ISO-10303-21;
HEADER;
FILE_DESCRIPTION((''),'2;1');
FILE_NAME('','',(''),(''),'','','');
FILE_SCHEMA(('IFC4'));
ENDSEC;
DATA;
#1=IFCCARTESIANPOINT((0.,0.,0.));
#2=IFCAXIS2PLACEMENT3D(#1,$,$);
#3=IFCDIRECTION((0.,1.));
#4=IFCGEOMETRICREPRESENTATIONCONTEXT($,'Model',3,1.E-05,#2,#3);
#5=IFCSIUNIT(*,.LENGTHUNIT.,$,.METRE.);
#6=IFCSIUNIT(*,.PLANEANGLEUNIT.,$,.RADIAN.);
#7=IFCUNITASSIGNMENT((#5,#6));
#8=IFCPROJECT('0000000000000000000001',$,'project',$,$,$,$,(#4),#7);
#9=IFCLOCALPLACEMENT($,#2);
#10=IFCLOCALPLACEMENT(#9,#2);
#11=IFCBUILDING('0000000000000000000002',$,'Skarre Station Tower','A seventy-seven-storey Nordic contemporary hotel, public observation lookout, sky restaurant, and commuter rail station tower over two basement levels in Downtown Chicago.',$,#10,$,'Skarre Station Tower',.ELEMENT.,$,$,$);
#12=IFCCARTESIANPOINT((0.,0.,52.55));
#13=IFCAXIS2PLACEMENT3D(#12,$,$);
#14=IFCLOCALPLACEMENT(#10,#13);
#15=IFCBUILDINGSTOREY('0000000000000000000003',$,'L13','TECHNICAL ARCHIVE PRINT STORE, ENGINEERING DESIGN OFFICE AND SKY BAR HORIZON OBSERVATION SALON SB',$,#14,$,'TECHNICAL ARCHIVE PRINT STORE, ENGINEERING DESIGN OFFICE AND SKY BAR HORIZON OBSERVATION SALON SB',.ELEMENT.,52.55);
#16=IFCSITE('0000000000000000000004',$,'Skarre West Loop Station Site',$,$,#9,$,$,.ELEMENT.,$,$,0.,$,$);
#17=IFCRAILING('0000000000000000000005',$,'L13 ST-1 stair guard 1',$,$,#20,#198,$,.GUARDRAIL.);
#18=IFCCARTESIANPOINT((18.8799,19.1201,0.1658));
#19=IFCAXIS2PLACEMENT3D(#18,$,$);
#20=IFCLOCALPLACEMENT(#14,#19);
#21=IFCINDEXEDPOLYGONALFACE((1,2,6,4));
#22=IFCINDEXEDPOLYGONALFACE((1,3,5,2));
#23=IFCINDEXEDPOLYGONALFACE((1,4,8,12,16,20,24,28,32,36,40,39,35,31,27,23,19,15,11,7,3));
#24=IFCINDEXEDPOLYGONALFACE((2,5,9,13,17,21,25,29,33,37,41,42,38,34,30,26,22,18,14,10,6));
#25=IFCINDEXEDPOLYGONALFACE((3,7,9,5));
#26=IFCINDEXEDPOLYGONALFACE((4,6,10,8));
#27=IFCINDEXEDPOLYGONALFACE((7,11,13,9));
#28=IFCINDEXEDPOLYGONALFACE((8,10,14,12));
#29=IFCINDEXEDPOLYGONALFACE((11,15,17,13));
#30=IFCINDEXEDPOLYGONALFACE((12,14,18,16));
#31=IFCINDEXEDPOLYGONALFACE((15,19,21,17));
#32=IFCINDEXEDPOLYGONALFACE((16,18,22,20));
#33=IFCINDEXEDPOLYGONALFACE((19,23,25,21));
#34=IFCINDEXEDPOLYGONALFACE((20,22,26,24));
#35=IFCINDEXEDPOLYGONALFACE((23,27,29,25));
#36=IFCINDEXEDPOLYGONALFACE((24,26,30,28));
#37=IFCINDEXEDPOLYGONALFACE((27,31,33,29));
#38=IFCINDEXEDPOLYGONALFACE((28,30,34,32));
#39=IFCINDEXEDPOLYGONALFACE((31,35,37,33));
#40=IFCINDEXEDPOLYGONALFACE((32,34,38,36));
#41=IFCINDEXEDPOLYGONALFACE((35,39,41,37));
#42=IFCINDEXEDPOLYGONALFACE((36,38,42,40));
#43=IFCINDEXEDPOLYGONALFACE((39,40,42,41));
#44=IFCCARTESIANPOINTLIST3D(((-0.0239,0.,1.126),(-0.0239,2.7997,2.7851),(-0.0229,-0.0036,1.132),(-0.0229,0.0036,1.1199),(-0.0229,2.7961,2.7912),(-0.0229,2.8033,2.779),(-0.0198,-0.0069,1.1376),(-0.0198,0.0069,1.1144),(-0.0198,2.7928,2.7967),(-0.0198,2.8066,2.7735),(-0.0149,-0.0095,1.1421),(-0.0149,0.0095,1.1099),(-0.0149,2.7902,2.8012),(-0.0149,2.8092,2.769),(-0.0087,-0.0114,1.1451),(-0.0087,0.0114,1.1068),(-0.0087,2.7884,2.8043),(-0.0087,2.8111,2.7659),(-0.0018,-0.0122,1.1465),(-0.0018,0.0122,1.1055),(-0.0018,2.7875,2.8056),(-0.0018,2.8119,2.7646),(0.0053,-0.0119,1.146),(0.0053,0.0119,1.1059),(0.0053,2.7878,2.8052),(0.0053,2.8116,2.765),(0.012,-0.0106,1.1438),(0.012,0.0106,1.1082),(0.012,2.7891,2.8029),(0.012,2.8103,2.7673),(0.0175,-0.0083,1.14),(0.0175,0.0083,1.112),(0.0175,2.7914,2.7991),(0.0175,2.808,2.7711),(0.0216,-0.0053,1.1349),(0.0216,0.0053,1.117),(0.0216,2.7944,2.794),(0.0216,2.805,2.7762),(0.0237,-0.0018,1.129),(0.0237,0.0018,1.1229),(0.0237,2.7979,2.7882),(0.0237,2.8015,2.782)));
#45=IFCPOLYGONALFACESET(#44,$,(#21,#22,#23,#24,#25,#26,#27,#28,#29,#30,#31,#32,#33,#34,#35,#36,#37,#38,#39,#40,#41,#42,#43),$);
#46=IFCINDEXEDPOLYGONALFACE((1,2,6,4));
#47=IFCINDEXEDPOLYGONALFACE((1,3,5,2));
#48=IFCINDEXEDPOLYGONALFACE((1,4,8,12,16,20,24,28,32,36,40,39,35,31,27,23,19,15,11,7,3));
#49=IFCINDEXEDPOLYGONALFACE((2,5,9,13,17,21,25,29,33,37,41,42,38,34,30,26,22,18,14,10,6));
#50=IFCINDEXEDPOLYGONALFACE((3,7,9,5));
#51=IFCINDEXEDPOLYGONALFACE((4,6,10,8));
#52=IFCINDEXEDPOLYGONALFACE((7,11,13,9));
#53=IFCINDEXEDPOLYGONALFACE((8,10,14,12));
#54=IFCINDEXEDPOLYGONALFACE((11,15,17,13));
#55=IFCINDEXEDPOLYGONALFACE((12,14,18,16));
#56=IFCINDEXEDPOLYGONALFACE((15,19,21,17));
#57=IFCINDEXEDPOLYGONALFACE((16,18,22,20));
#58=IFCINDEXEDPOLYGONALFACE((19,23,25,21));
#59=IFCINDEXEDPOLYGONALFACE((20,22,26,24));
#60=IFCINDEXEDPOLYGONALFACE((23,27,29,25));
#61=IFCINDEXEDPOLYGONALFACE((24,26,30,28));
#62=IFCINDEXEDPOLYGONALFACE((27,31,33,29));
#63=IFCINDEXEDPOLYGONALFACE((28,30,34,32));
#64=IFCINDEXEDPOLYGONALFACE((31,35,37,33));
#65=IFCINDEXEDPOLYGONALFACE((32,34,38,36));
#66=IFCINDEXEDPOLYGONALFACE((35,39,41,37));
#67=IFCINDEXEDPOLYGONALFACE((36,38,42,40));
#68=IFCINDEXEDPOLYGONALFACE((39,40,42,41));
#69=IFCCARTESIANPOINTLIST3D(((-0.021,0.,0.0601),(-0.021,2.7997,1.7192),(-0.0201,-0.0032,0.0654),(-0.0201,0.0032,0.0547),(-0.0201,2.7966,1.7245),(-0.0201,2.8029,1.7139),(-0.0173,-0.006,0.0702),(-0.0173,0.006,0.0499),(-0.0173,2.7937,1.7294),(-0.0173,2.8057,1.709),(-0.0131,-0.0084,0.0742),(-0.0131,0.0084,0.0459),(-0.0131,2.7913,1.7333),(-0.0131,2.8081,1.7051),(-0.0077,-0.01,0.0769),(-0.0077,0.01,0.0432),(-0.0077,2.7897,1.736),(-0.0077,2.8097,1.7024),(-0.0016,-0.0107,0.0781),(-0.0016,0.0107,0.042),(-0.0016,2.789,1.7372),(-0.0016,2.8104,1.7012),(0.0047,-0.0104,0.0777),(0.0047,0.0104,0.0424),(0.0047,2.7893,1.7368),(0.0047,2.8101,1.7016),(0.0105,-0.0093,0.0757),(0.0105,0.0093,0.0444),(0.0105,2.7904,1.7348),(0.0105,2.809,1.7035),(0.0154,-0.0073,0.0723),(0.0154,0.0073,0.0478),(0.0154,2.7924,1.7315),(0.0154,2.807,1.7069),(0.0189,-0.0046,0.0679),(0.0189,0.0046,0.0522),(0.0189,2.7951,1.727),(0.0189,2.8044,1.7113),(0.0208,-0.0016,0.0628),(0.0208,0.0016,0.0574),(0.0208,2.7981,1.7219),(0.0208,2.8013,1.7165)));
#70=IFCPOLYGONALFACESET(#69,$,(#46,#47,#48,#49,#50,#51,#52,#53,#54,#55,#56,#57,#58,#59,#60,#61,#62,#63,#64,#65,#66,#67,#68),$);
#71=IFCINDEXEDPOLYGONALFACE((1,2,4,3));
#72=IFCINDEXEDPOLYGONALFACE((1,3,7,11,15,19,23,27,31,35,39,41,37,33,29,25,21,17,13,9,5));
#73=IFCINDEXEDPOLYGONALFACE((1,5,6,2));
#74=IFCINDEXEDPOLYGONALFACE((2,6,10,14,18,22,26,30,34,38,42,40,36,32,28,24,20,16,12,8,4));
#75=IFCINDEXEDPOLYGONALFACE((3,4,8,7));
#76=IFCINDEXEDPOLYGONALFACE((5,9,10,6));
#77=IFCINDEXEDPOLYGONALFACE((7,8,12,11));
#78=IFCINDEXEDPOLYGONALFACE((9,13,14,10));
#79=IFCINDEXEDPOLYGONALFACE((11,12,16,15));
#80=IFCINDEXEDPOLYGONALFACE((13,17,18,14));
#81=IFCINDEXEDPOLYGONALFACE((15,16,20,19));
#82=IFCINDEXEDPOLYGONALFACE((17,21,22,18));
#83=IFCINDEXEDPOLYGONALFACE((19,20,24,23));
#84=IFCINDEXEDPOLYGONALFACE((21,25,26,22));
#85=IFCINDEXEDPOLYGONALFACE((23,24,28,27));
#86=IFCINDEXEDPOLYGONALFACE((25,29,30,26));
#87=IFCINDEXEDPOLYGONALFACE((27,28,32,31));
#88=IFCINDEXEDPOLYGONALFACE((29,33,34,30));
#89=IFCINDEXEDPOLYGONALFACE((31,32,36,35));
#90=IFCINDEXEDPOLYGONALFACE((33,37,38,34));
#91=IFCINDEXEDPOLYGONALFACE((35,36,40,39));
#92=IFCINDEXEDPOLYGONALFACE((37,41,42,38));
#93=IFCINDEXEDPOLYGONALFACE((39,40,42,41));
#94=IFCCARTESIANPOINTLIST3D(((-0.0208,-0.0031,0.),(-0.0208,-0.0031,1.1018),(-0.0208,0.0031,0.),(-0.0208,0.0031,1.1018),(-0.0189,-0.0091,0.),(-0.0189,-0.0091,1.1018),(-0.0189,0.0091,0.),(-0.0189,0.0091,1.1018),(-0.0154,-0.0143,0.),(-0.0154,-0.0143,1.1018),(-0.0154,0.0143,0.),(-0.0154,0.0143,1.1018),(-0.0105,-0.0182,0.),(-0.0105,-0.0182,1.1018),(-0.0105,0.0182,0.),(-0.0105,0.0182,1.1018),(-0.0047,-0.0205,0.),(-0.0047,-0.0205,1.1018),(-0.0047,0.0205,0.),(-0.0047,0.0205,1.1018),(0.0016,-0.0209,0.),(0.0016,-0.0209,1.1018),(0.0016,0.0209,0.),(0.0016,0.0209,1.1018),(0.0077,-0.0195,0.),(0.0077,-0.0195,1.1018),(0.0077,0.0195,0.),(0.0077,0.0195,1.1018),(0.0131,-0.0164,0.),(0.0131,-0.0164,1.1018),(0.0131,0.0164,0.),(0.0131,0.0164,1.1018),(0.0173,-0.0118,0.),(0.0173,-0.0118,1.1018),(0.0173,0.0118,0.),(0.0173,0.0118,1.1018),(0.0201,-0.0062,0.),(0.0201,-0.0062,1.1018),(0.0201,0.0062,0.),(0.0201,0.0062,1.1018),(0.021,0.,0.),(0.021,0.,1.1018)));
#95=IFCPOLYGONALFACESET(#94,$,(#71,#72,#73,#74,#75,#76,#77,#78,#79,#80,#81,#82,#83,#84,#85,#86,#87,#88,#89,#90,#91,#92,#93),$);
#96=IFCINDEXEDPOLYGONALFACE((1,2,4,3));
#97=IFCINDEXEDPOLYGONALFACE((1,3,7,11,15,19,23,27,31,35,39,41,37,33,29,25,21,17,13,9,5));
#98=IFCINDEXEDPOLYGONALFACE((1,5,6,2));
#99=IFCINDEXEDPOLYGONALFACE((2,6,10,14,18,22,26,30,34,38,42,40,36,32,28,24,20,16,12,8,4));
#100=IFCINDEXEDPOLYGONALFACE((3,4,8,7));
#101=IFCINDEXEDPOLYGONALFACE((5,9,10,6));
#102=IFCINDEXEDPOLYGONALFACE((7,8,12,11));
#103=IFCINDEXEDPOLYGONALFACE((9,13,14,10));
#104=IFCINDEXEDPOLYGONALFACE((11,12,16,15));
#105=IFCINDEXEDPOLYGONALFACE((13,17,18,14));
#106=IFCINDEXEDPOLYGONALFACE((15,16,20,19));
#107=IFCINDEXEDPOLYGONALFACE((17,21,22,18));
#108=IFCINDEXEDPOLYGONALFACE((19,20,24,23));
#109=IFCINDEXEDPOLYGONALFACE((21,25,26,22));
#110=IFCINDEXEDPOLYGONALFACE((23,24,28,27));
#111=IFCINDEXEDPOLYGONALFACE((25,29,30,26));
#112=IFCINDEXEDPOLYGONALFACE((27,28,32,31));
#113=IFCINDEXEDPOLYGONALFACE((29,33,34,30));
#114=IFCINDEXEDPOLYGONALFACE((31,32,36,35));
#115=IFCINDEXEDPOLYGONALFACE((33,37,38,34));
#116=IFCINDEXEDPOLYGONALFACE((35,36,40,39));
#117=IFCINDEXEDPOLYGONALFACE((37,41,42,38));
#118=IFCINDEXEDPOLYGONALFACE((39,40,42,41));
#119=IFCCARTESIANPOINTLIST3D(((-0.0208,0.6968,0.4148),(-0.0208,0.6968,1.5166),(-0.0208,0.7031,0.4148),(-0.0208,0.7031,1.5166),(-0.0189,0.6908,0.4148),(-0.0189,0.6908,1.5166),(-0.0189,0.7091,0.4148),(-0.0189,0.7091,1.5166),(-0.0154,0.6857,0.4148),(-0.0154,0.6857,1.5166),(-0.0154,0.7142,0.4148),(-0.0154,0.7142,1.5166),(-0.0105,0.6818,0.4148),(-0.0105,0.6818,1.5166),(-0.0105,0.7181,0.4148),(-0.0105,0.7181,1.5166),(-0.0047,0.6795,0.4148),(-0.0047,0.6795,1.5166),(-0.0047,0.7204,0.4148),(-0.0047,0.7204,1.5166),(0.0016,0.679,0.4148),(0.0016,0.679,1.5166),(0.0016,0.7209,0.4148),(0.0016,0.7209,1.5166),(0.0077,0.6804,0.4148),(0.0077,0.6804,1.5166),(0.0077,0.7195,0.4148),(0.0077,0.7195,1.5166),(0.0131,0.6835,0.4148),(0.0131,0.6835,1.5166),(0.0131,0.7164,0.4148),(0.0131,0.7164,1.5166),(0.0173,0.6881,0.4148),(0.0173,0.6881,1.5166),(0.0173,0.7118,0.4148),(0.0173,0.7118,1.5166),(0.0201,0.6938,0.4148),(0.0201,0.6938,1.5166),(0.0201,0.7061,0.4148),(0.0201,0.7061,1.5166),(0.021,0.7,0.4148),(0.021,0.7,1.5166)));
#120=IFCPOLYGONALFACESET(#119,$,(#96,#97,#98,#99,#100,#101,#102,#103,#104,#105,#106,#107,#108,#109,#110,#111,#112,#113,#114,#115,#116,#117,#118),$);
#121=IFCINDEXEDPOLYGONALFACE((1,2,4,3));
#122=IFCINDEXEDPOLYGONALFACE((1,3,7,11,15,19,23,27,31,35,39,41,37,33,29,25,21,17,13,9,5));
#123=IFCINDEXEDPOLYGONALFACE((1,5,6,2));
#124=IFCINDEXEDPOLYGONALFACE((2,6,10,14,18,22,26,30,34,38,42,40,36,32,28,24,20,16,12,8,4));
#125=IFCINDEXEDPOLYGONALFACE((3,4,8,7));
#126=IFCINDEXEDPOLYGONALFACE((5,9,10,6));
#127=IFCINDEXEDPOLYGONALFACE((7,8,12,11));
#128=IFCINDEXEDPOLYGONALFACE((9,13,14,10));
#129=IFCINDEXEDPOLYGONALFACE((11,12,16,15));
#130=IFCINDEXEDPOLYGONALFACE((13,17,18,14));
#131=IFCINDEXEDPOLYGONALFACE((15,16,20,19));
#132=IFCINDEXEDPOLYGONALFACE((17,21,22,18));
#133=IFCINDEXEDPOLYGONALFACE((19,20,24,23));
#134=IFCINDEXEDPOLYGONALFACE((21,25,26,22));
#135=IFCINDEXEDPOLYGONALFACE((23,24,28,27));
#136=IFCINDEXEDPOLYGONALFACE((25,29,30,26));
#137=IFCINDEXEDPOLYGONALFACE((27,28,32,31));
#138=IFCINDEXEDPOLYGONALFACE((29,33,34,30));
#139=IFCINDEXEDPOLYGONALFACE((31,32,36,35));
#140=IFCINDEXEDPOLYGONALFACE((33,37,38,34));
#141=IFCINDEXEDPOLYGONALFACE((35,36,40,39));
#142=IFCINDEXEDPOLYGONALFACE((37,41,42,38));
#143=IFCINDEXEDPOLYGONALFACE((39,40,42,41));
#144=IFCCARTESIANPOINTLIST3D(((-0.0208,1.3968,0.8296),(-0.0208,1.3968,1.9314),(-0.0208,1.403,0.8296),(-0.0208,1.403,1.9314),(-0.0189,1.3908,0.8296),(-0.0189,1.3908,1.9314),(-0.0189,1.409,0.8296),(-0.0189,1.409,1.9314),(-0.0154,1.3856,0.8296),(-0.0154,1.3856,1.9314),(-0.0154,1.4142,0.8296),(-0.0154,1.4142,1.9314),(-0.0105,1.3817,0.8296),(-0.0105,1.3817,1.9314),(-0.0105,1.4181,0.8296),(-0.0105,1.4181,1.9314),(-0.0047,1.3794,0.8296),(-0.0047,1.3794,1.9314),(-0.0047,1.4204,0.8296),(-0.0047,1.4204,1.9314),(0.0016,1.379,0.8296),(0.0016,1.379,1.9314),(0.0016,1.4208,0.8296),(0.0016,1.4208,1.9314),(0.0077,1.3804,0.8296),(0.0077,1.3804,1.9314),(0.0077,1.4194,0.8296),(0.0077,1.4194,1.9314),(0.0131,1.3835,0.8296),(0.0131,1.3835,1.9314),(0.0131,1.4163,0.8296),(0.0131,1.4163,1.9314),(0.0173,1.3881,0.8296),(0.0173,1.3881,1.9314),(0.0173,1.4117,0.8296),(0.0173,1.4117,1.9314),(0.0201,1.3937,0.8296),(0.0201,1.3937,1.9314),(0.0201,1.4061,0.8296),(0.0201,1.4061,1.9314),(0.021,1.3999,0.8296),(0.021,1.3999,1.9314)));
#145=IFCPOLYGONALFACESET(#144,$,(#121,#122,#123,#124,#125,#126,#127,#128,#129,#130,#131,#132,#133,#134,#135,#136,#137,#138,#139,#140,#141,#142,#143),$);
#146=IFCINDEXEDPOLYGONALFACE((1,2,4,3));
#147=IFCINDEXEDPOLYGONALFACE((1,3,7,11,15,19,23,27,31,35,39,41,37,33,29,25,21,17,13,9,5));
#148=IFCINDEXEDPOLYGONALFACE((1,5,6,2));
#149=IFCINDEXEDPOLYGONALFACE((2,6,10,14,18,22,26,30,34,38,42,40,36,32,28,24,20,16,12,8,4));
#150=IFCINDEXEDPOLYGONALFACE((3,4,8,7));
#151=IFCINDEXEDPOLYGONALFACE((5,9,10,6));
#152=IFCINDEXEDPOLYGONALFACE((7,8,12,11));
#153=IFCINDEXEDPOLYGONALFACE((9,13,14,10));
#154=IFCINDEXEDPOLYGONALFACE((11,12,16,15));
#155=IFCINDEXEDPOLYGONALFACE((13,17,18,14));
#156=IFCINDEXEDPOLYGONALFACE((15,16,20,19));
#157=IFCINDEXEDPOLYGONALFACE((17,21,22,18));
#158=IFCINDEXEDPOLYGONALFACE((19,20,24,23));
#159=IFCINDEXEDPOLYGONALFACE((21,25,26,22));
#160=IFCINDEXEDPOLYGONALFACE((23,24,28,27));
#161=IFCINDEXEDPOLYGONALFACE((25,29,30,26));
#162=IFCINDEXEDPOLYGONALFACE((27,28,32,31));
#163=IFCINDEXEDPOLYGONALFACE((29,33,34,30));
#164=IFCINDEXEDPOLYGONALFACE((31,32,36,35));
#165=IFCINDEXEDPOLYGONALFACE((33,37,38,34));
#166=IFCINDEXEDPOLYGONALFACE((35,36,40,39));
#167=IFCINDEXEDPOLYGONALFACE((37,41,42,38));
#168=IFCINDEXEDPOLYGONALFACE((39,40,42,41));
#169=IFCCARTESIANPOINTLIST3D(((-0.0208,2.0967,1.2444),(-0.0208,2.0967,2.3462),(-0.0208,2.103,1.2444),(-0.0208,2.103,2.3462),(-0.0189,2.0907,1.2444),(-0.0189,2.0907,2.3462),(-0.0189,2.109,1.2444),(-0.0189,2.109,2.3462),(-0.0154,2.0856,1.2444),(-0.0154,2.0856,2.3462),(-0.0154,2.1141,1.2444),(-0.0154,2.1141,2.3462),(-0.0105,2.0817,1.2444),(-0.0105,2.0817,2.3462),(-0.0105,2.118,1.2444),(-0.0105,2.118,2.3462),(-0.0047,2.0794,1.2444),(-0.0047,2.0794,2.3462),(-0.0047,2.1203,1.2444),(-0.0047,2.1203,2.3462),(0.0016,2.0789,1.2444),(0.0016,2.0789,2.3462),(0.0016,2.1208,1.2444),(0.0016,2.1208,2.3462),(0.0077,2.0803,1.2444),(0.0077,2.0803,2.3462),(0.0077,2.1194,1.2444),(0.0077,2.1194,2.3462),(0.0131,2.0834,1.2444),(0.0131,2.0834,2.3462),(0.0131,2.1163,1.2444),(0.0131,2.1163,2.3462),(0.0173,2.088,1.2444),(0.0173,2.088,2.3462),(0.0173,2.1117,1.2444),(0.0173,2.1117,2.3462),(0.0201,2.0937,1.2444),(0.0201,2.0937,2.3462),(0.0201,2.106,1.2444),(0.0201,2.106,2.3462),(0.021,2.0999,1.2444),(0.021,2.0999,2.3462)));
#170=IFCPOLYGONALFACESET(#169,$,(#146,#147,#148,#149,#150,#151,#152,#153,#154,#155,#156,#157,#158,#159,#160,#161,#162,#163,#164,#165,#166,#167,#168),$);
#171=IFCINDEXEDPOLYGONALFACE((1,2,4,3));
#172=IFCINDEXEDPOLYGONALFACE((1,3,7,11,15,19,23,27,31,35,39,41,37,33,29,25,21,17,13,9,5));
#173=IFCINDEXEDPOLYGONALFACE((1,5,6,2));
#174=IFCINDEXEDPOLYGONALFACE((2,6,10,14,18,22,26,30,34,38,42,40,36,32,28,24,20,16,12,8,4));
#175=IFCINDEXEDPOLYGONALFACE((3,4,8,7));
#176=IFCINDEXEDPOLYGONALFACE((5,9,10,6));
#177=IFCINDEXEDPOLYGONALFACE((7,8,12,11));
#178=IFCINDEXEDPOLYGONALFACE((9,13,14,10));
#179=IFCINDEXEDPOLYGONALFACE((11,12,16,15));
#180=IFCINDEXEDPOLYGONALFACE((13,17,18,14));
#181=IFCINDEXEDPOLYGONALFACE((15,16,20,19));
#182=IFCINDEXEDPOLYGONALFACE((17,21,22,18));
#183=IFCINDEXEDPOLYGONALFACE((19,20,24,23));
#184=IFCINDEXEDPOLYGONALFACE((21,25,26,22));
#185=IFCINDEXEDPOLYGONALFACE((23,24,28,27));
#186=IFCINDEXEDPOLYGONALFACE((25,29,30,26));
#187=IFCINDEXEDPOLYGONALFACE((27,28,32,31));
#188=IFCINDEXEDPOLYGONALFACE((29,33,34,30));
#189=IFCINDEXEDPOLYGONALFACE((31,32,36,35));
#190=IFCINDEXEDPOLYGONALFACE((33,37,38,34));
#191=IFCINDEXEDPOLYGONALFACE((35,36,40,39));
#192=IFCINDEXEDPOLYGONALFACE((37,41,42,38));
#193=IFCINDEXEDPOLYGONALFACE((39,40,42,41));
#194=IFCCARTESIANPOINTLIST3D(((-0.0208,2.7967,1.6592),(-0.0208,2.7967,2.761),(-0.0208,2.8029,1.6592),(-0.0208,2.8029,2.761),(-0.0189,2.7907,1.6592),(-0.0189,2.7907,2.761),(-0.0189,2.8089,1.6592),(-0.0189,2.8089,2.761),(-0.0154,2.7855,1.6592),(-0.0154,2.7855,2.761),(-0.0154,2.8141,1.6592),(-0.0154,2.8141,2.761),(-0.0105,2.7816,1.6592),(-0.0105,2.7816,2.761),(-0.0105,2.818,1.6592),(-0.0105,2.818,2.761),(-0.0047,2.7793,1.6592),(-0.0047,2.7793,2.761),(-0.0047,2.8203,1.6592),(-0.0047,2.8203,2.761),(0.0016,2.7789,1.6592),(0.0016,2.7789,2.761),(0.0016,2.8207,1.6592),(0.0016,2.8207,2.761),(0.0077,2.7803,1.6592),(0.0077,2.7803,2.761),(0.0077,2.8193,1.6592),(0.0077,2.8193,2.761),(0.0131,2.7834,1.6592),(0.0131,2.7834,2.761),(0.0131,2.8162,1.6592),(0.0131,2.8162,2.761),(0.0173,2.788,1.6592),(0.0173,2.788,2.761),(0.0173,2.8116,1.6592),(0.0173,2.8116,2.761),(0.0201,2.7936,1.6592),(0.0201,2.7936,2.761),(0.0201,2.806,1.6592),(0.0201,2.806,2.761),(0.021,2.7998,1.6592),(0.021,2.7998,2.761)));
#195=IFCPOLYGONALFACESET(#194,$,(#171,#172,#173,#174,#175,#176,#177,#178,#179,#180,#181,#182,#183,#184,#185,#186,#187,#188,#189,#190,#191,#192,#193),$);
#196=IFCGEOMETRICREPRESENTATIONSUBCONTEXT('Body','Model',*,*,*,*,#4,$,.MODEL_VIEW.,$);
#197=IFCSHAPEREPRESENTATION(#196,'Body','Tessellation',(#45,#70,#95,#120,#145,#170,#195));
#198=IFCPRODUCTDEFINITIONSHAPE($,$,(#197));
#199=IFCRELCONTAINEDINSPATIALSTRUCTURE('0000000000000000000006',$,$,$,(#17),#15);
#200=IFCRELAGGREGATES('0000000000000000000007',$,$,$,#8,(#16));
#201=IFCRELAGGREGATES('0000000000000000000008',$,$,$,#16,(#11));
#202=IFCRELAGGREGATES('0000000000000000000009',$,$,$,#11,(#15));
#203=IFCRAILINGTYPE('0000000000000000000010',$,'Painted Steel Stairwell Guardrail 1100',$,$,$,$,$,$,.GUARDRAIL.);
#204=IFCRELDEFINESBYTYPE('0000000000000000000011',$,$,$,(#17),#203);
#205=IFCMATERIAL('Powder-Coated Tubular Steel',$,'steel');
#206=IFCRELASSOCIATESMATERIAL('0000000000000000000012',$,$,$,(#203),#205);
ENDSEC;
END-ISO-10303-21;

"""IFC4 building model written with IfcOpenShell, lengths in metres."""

from ifc_helpers import new_model, si_unit, direction, frame, origin, origin_2d, place, context, subcontext, project, spatial, circle, extrude, material, type_object, element, save


model = new_model("IFC4")

# Units and contexts
model_context = context("Model", 3, precision=1e-05, world=origin(), true_north=direction((0.0, 1.0)))
body_context = subcontext(model_context, "Body", "Model", "MODEL_VIEW")
ifc_project = project(units=[si_unit("LENGTHUNIT", "METRE"), si_unit("PLANEANGLEUNIT", "RADIAN")], contexts=[model_context])

# Site, building, storey
site_placement = place(None, origin())
site = spatial("IfcSite", under=ifc_project, at=site_placement, Name="Skarre West Loop Station Site", CompositionType="ELEMENT", RefElevation=0.0)
building_placement = place(site_placement, origin())
building = spatial("IfcBuilding", under=site, at=building_placement, Name="Skarre Station Tower", Description="A seventy-seven-storey Nordic contemporary hotel, public observation lookout, sky restaurant, and commuter rail station tower over two basement levels in Downtown Chicago.", LongName="Skarre Station Tower", CompositionType="ELEMENT")
storey_placement = place(building_placement, frame((0.0, 0.0, 52.55)))
storey = spatial("IfcBuildingStorey", under=building, at=storey_placement, Name="L13", Description="TECHNICAL ARCHIVE PRINT STORE, ENGINEERING DESIGN OFFICE AND SKY BAR HORIZON OBSERVATION SALON SB", LongName="TECHNICAL ARCHIVE PRINT STORE, ENGINEERING DESIGN OFFICE AND SKY BAR HORIZON OBSERVATION SALON SB", CompositionType="ELEMENT", Elevation=52.55)

# Railing
ifc_material_1 = material(Name="Powder-Coated Tubular Steel", Category="steel")
railing_type_1 = type_object("IfcRailingType", Name="Painted Steel Stairwell Guardrail 1100", PredefinedType="GUARDRAIL", material=ifc_material_1)
railing_1_placement = place(storey_placement, frame((18.8799, 19.1201, 0.1658)))
element("IfcRailing", 1, at=railing_1_placement, inside=storey, type_object=railing_type_1, Name="L13 ST-1 stair guard 1", PredefinedType="GUARDRAIL", context=body_context, shape_type="SweptSolid", body=[
    extrude(circle(Radius=0.0239, at=origin_2d()), frame((0.0, 0.0, 1.126), z_axis=(0.0, 0.860287, 0.509811), x_axis=(-1.0, 0.0, 0.0)), (0.0, 0.0, 1.0), 3.2544),
    extrude(circle(Radius=0.021, at=origin_2d()), frame((0.0, 0.0, 0.0601), z_axis=(0.0, 0.860287, 0.509811), x_axis=(-1.0, 0.0, 0.0)), (0.0, 0.0, 1.0), 3.2544),
    extrude(circle(Radius=0.021, at=origin_2d()), origin(), (0.0, 0.0, 1.0), 1.1018),
    extrude(circle(Radius=0.021, at=origin_2d()), frame((0.0, 0.7, 0.4148)), (0.0, 0.0, 1.0), 1.1018),
    extrude(circle(Radius=0.021, at=origin_2d()), frame((0.0, 1.3999, 0.8296)), (0.0, 0.0, 1.0), 1.1018),
    extrude(circle(Radius=0.021, at=origin_2d()), frame((0.0, 2.0999, 1.2444)), (0.0, 0.0, 1.0), 1.1018),
    extrude(circle(Radius=0.021, at=origin_2d()), frame((0.0, 2.7998, 1.6592)), (0.0, 0.0, 1.0), 1.1018),
])

save(model, "model.ifc")
